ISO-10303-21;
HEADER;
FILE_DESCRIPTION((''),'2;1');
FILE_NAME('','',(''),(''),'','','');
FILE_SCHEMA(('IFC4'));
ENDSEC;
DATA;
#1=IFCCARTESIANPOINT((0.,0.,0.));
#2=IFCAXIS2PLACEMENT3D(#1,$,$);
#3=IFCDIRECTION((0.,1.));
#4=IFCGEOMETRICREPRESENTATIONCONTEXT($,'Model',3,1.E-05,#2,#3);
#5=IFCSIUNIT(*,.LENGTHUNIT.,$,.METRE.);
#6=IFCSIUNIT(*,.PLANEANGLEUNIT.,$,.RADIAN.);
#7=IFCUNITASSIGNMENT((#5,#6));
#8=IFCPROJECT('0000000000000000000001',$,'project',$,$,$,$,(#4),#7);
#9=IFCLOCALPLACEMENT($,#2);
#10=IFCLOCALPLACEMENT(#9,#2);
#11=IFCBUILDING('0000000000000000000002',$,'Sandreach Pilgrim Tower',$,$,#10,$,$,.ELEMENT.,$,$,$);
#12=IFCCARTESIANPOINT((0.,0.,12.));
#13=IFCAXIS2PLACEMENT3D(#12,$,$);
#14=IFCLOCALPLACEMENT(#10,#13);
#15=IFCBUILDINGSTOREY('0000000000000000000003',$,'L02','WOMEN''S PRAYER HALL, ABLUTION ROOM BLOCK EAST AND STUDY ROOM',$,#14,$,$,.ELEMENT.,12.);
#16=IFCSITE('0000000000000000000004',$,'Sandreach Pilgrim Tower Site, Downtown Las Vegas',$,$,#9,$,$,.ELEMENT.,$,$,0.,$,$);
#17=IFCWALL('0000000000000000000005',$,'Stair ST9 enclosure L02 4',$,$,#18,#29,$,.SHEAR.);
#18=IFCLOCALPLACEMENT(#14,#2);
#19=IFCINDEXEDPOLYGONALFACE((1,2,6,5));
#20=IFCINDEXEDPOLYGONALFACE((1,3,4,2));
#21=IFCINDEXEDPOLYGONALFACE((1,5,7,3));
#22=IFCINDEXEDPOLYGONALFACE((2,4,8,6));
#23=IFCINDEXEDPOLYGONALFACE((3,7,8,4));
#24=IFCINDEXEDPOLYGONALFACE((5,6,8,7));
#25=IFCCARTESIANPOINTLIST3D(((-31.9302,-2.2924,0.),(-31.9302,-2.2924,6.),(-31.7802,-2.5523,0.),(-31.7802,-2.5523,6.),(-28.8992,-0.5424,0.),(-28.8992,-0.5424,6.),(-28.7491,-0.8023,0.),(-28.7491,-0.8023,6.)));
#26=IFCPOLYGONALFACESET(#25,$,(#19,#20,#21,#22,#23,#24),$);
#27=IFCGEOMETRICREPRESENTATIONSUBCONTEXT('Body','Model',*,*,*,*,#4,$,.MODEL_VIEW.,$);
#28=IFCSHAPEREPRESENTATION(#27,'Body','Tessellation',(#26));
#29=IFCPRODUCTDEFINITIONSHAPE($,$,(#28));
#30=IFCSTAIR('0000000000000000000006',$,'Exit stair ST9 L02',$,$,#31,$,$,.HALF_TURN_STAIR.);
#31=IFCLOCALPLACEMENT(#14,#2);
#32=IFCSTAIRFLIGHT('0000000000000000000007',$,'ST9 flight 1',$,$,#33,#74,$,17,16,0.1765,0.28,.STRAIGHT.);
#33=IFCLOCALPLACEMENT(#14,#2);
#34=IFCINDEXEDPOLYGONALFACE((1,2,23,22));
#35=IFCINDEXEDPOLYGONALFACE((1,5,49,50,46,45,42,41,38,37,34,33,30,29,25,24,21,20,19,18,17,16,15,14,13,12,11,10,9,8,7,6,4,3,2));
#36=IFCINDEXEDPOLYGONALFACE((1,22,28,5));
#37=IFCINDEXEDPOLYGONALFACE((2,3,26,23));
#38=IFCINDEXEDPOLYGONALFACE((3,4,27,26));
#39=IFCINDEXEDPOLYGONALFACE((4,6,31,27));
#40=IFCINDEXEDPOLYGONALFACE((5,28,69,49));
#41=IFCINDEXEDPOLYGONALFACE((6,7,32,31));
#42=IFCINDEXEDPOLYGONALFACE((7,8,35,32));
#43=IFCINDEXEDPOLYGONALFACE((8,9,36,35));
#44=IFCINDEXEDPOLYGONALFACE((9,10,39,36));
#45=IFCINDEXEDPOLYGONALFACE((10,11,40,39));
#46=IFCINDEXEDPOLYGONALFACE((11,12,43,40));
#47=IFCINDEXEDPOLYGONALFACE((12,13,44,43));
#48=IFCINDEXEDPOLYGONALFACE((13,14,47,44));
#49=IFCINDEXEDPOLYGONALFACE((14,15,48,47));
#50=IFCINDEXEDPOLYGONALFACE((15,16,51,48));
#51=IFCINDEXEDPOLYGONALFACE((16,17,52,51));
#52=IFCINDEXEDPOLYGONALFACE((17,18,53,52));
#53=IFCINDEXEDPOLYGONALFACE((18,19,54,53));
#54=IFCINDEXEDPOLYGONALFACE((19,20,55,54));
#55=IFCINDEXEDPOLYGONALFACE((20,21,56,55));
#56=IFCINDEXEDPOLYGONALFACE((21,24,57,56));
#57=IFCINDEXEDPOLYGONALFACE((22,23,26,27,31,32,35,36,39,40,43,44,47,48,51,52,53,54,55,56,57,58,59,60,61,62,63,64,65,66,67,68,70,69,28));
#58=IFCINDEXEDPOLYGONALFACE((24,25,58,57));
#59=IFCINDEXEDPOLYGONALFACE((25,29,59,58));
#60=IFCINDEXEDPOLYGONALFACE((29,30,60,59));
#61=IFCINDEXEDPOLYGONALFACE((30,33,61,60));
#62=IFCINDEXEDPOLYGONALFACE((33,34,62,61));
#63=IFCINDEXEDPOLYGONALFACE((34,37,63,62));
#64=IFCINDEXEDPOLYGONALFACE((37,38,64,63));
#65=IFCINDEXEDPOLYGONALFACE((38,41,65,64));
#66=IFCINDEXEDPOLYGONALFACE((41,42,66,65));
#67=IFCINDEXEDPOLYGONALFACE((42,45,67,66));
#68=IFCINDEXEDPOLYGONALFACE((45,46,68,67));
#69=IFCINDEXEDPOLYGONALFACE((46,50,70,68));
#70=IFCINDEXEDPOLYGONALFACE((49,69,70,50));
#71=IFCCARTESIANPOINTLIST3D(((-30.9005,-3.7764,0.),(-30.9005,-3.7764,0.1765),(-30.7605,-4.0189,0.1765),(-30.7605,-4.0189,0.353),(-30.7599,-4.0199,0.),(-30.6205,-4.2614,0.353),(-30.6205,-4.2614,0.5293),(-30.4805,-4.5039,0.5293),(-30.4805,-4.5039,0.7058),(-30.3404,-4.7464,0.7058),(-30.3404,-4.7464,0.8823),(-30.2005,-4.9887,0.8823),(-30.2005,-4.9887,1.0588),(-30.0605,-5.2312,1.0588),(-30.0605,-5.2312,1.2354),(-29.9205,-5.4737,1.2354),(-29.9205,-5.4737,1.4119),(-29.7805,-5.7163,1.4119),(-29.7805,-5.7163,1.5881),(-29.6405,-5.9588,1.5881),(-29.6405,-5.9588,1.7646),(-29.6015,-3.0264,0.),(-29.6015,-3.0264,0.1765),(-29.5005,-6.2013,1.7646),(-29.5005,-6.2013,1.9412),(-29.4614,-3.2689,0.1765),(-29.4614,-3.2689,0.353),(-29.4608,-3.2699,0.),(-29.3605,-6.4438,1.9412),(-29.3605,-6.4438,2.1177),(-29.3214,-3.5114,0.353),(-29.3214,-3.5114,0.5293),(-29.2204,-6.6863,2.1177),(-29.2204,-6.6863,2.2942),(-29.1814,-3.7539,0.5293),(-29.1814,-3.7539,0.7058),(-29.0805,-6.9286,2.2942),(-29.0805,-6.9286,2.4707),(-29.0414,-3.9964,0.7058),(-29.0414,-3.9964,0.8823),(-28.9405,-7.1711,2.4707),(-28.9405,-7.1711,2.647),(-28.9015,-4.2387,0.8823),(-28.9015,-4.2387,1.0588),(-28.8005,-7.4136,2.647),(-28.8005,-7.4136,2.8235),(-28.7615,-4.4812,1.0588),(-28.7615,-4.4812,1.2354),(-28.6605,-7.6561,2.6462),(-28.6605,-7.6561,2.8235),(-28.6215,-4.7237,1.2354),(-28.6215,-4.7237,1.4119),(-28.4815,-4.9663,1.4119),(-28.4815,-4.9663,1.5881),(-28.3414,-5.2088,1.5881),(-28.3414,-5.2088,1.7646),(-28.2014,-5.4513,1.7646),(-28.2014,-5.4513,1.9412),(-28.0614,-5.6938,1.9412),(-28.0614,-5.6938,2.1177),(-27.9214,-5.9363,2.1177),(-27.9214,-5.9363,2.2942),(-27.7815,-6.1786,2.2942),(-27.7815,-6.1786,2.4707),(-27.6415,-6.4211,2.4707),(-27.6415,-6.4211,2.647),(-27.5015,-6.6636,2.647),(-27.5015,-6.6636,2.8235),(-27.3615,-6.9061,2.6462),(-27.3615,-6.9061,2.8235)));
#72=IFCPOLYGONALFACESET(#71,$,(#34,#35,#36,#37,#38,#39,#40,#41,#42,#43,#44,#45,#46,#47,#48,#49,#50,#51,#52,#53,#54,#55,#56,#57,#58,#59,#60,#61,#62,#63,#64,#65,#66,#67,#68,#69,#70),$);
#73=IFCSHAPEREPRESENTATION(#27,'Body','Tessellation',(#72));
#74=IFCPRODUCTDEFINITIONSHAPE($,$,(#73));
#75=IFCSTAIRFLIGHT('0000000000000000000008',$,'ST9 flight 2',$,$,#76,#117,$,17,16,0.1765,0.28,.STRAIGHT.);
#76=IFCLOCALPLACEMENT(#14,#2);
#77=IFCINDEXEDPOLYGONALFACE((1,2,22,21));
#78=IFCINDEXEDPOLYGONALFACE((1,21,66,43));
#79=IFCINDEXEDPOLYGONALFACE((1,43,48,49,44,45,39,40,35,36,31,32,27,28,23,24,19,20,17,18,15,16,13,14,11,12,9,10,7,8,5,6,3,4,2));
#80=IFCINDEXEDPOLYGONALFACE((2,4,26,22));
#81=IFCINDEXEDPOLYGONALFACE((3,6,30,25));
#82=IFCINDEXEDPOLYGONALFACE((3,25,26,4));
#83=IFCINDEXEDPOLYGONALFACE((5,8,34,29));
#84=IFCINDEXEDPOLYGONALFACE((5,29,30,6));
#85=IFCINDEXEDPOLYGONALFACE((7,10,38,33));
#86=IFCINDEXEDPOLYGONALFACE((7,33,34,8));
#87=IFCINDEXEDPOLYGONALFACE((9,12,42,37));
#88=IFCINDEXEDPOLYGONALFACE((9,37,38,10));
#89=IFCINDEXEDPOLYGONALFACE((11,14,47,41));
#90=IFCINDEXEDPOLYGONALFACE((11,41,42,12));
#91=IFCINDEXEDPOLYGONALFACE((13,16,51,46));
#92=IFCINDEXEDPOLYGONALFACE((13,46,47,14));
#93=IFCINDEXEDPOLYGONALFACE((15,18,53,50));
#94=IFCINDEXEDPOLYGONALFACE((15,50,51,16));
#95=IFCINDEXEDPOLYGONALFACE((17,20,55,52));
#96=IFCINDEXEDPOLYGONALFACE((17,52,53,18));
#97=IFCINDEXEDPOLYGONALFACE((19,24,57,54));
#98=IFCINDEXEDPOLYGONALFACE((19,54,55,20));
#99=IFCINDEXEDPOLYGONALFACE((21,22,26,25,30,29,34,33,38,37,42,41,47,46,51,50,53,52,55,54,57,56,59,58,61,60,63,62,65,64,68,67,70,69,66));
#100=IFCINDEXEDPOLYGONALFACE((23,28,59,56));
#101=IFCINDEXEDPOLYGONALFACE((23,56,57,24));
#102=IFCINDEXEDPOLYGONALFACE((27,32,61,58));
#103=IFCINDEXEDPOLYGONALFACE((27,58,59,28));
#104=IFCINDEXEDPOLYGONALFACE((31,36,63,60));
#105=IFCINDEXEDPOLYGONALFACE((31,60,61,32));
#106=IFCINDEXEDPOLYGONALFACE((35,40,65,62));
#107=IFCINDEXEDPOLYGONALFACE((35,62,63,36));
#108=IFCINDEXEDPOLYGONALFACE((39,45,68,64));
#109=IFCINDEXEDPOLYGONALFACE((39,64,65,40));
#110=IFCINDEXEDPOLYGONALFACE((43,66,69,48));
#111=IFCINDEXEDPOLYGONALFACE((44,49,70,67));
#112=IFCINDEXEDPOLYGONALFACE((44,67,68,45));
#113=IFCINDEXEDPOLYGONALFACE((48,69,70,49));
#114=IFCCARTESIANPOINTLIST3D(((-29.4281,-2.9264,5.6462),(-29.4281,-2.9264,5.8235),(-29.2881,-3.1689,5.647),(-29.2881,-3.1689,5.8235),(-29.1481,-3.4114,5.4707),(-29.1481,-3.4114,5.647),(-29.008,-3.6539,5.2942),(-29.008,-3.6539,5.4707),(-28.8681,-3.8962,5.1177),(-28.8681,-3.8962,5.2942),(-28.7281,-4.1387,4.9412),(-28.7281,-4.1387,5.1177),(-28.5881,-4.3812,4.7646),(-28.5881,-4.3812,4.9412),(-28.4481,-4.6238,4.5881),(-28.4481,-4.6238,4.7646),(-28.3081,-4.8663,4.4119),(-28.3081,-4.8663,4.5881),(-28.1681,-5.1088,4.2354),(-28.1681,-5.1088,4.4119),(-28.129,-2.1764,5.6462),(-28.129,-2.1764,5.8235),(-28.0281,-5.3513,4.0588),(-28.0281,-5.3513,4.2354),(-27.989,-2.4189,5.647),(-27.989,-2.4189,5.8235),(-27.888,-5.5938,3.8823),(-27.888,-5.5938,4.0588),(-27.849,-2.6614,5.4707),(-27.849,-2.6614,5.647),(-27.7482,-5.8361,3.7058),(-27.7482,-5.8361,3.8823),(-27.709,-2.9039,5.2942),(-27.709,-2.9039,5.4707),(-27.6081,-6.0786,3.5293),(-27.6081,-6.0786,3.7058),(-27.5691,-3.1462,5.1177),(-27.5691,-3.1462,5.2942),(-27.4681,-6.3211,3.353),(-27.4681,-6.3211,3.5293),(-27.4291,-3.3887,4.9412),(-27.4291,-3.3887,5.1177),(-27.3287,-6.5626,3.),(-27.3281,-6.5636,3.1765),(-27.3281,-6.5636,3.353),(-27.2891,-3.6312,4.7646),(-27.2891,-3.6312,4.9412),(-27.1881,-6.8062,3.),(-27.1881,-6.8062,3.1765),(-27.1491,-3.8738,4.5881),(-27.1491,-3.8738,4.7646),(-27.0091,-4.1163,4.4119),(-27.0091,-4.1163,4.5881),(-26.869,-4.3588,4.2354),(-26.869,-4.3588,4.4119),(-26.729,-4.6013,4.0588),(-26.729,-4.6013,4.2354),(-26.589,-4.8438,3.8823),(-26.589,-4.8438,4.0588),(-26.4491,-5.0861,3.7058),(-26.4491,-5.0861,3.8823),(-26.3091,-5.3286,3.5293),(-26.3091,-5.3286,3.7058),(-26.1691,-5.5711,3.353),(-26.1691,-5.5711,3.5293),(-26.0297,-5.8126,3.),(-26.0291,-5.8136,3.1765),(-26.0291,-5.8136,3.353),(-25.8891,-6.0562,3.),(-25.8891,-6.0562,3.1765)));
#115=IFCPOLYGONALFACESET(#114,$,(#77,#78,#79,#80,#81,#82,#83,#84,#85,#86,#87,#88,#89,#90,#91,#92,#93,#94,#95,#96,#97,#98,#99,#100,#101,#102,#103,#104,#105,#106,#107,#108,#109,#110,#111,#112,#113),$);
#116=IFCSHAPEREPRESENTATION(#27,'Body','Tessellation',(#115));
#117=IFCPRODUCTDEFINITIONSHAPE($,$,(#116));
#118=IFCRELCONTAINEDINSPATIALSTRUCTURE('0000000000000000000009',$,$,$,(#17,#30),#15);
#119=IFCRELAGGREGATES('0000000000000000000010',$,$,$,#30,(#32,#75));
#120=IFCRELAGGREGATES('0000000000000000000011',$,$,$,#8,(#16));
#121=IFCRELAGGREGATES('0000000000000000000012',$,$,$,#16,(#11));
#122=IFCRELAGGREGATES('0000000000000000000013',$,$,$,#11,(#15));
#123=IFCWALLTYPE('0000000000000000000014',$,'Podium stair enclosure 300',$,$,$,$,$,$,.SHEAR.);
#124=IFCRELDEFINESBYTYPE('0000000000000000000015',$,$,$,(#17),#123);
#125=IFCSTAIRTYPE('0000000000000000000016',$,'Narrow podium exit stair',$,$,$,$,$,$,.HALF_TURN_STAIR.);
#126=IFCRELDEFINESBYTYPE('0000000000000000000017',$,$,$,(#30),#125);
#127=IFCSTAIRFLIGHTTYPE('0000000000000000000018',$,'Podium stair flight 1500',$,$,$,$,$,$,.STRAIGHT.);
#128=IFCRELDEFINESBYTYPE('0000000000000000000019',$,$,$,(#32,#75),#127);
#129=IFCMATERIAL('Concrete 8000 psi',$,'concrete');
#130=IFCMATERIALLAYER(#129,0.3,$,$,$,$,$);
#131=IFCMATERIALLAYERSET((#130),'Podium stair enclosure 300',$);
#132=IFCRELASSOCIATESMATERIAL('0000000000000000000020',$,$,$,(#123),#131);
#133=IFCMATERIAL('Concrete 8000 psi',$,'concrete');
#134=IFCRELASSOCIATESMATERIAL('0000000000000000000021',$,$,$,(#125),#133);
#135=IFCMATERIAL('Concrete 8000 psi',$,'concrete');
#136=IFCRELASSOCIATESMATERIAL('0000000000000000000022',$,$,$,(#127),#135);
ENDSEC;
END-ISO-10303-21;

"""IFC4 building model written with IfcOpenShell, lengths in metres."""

from ifc_helpers import new_model, si_unit, direction, frame, frame_2d, origin, place, context, subcontext, project, spatial, polyline, rectangle, outline, extrude, material, layer, layer_set, type_object, element, aggregate, save


model = new_model("IFC4")

# Units and contexts
model_context = context("Model", 3, precision=1e-05, world=origin(), true_north=direction((0.0, 1.0)))
body_context = subcontext(model_context, "Body", "Model", "MODEL_VIEW")
ifc_project = project(units=[si_unit("LENGTHUNIT", "METRE"), si_unit("PLANEANGLEUNIT", "RADIAN")], contexts=[model_context])

# Site, building, storey
site_placement = place(None, origin())
site = spatial("IfcSite", under=ifc_project, at=site_placement, Name="Sandreach Pilgrim Tower Site, Downtown Las Vegas", CompositionType="ELEMENT", RefElevation=0.0)
building_placement = place(site_placement, origin())
building = spatial("IfcBuilding", under=site, at=building_placement, Name="Sandreach Pilgrim Tower", CompositionType="ELEMENT")
storey_placement = place(building_placement, frame((0.0, 0.0, 12.0)))
storey = spatial("IfcBuildingStorey", under=building, at=storey_placement, Name="L02", Description="WOMEN'S PRAYER HALL, ABLUTION ROOM BLOCK EAST AND STUDY ROOM", CompositionType="ELEMENT", Elevation=12.0)

# Shared definitions
ifc_material_1 = material(Name="Concrete 8000 psi", Category="concrete")
ifc_layer_1 = layer(ifc_material_1, 0.3)
ifc_layer_set_1 = layer_set([ifc_layer_1], Name="Podium stair enclosure 300")
wall_type_1 = type_object("IfcWallType", Name="Podium stair enclosure 300", PredefinedType="SHEAR", material=ifc_layer_set_1)

# Wall
wall_1_placement = place(storey_placement, frame((-31.8552, -2.4224, 0.0), z_axis=(0.0, 0.0, 1.0), x_axis=(0.866019, 0.50001, 0.0)))
element("IfcWall", 1, at=wall_1_placement, inside=storey, type_object=wall_type_1, Name="Stair ST9 enclosure L02 4", PredefinedType="SHEAR", context=body_context, shape_type="SweptSolid", body=[
    extrude(rectangle(XDim=3.5, YDim=0.3, at=frame_2d((1.75, 0.0))), origin(), (0.0, 0.0, 1.0), 6.0),
])

# Stair, stair flights
ifc_material_2 = material(Name="Concrete 8000 psi", Category="concrete")
stair_type = type_object("IfcStairType", Name="Narrow podium exit stair", PredefinedType="HALF_TURN_STAIR", material=ifc_material_2)
stair_placement = place(storey_placement, origin())
stair = element("IfcStair", 2, at=stair_placement, inside=storey, type_object=stair_type, Name="Exit stair ST9 L02", PredefinedType="HALF_TURN_STAIR")
ifc_material_3 = material(Name="Concrete 8000 psi", Category="concrete")
stair_flight_type = type_object("IfcStairFlightType", Name="Podium stair flight 1500", PredefinedType="STRAIGHT", material=ifc_material_3)
stair_flight_1_placement = place(storey_placement, frame((-30.251, -3.4014, 0.0), z_axis=(0.0, 0.0, 1.0), x_axis=(0.5, -0.866025, 0.0)))
stair_flight_1 = element("IfcStairFlight", 3, at=stair_flight_1_placement, type_object=stair_flight_type, Name="ST9 flight 1", NumberOfRisers=17, NumberOfTreads=16, PredefinedType="STRAIGHT", RiserHeight=0.1765, TreadLength=0.28, context=body_context, shape_type="SweptSolid", body=[
    extrude(outline(polyline([(0.0, 0.0), (0.0, 0.1765), (0.28, 0.1765), (0.28, 0.353), (0.5601, 0.353), (0.5601, 0.5293), (0.8401, 0.5293), (0.8401, 0.7058), (1.1201, 0.7058), (1.1201, 0.8823), (1.3999, 0.8823), (1.3999, 1.0588), (1.6799, 1.0588), (1.6799, 1.2354), (1.96, 1.2354), (1.96, 1.4119), (2.24, 1.4119), (2.24, 1.5881), (2.52, 1.5881), (2.52, 1.7646), (2.8, 1.7646), (2.8, 1.9412), (3.0801, 1.9412), (3.0801, 2.1177), (3.3601, 2.1177), (3.3601, 2.2942), (3.6399, 2.2942), (3.6399, 2.4707), (3.9199, 2.4707), (3.9199, 2.647), (4.2, 2.647), (4.2, 2.8235), (4.48, 2.8235), (4.48, 3.0), (4.48, 2.6462), (0.2812, 0.0), (0.0, 0.0)])), frame((0.0, 0.75, 0.0), z_axis=(0.0, -1.0, 0.0), x_axis=(1.0, 0.0, 0.0)), (0.0, 0.0, 1.0), 1.5),
])
stair_flight_2_placement = place(storey_placement, frame((-26.5386, -6.4312, 3.0), z_axis=(0.0, 0.0, 1.0), x_axis=(-0.5, 0.866025, 0.0)))
stair_flight_2 = element("IfcStairFlight", 4, at=stair_flight_2_placement, type_object=stair_flight_type, Name="ST9 flight 2", NumberOfRisers=17, NumberOfTreads=16, PredefinedType="STRAIGHT", RiserHeight=0.1765, TreadLength=0.28, context=body_context, shape_type="SweptSolid", body=[
    extrude(outline(polyline([(0.0, 0.0), (0.0, 0.1765), (0.28, 0.1765), (0.28, 0.353), (0.5601, 0.353), (0.5601, 0.5293), (0.8401, 0.5293), (0.8401, 0.7058), (1.1201, 0.7058), (1.1201, 0.8823), (1.3999, 0.8823), (1.3999, 1.0588), (1.6799, 1.0588), (1.6799, 1.2354), (1.96, 1.2354), (1.96, 1.4119), (2.24, 1.4119), (2.24, 1.5881), (2.52, 1.5881), (2.52, 1.7646), (2.8, 1.7646), (2.8, 1.9412), (3.0801, 1.9412), (3.0801, 2.1177), (3.3601, 2.1177), (3.3601, 2.2942), (3.6399, 2.2942), (3.6399, 2.4707), (3.9199, 2.4707), (3.9199, 2.647), (4.2, 2.647), (4.2, 2.8235), (4.48, 2.8235), (4.48, 3.0), (4.48, 2.6462), (0.2812, 0.0), (0.0, 0.0)])), frame((0.0, 0.75, 0.0), z_axis=(0.0, -1.0, 0.0), x_axis=(1.0, 0.0, 0.0)), (0.0, 0.0, 1.0), 1.5),
])
aggregate(stair, [stair_flight_1, stair_flight_2])

save(model, "model.ifc")
